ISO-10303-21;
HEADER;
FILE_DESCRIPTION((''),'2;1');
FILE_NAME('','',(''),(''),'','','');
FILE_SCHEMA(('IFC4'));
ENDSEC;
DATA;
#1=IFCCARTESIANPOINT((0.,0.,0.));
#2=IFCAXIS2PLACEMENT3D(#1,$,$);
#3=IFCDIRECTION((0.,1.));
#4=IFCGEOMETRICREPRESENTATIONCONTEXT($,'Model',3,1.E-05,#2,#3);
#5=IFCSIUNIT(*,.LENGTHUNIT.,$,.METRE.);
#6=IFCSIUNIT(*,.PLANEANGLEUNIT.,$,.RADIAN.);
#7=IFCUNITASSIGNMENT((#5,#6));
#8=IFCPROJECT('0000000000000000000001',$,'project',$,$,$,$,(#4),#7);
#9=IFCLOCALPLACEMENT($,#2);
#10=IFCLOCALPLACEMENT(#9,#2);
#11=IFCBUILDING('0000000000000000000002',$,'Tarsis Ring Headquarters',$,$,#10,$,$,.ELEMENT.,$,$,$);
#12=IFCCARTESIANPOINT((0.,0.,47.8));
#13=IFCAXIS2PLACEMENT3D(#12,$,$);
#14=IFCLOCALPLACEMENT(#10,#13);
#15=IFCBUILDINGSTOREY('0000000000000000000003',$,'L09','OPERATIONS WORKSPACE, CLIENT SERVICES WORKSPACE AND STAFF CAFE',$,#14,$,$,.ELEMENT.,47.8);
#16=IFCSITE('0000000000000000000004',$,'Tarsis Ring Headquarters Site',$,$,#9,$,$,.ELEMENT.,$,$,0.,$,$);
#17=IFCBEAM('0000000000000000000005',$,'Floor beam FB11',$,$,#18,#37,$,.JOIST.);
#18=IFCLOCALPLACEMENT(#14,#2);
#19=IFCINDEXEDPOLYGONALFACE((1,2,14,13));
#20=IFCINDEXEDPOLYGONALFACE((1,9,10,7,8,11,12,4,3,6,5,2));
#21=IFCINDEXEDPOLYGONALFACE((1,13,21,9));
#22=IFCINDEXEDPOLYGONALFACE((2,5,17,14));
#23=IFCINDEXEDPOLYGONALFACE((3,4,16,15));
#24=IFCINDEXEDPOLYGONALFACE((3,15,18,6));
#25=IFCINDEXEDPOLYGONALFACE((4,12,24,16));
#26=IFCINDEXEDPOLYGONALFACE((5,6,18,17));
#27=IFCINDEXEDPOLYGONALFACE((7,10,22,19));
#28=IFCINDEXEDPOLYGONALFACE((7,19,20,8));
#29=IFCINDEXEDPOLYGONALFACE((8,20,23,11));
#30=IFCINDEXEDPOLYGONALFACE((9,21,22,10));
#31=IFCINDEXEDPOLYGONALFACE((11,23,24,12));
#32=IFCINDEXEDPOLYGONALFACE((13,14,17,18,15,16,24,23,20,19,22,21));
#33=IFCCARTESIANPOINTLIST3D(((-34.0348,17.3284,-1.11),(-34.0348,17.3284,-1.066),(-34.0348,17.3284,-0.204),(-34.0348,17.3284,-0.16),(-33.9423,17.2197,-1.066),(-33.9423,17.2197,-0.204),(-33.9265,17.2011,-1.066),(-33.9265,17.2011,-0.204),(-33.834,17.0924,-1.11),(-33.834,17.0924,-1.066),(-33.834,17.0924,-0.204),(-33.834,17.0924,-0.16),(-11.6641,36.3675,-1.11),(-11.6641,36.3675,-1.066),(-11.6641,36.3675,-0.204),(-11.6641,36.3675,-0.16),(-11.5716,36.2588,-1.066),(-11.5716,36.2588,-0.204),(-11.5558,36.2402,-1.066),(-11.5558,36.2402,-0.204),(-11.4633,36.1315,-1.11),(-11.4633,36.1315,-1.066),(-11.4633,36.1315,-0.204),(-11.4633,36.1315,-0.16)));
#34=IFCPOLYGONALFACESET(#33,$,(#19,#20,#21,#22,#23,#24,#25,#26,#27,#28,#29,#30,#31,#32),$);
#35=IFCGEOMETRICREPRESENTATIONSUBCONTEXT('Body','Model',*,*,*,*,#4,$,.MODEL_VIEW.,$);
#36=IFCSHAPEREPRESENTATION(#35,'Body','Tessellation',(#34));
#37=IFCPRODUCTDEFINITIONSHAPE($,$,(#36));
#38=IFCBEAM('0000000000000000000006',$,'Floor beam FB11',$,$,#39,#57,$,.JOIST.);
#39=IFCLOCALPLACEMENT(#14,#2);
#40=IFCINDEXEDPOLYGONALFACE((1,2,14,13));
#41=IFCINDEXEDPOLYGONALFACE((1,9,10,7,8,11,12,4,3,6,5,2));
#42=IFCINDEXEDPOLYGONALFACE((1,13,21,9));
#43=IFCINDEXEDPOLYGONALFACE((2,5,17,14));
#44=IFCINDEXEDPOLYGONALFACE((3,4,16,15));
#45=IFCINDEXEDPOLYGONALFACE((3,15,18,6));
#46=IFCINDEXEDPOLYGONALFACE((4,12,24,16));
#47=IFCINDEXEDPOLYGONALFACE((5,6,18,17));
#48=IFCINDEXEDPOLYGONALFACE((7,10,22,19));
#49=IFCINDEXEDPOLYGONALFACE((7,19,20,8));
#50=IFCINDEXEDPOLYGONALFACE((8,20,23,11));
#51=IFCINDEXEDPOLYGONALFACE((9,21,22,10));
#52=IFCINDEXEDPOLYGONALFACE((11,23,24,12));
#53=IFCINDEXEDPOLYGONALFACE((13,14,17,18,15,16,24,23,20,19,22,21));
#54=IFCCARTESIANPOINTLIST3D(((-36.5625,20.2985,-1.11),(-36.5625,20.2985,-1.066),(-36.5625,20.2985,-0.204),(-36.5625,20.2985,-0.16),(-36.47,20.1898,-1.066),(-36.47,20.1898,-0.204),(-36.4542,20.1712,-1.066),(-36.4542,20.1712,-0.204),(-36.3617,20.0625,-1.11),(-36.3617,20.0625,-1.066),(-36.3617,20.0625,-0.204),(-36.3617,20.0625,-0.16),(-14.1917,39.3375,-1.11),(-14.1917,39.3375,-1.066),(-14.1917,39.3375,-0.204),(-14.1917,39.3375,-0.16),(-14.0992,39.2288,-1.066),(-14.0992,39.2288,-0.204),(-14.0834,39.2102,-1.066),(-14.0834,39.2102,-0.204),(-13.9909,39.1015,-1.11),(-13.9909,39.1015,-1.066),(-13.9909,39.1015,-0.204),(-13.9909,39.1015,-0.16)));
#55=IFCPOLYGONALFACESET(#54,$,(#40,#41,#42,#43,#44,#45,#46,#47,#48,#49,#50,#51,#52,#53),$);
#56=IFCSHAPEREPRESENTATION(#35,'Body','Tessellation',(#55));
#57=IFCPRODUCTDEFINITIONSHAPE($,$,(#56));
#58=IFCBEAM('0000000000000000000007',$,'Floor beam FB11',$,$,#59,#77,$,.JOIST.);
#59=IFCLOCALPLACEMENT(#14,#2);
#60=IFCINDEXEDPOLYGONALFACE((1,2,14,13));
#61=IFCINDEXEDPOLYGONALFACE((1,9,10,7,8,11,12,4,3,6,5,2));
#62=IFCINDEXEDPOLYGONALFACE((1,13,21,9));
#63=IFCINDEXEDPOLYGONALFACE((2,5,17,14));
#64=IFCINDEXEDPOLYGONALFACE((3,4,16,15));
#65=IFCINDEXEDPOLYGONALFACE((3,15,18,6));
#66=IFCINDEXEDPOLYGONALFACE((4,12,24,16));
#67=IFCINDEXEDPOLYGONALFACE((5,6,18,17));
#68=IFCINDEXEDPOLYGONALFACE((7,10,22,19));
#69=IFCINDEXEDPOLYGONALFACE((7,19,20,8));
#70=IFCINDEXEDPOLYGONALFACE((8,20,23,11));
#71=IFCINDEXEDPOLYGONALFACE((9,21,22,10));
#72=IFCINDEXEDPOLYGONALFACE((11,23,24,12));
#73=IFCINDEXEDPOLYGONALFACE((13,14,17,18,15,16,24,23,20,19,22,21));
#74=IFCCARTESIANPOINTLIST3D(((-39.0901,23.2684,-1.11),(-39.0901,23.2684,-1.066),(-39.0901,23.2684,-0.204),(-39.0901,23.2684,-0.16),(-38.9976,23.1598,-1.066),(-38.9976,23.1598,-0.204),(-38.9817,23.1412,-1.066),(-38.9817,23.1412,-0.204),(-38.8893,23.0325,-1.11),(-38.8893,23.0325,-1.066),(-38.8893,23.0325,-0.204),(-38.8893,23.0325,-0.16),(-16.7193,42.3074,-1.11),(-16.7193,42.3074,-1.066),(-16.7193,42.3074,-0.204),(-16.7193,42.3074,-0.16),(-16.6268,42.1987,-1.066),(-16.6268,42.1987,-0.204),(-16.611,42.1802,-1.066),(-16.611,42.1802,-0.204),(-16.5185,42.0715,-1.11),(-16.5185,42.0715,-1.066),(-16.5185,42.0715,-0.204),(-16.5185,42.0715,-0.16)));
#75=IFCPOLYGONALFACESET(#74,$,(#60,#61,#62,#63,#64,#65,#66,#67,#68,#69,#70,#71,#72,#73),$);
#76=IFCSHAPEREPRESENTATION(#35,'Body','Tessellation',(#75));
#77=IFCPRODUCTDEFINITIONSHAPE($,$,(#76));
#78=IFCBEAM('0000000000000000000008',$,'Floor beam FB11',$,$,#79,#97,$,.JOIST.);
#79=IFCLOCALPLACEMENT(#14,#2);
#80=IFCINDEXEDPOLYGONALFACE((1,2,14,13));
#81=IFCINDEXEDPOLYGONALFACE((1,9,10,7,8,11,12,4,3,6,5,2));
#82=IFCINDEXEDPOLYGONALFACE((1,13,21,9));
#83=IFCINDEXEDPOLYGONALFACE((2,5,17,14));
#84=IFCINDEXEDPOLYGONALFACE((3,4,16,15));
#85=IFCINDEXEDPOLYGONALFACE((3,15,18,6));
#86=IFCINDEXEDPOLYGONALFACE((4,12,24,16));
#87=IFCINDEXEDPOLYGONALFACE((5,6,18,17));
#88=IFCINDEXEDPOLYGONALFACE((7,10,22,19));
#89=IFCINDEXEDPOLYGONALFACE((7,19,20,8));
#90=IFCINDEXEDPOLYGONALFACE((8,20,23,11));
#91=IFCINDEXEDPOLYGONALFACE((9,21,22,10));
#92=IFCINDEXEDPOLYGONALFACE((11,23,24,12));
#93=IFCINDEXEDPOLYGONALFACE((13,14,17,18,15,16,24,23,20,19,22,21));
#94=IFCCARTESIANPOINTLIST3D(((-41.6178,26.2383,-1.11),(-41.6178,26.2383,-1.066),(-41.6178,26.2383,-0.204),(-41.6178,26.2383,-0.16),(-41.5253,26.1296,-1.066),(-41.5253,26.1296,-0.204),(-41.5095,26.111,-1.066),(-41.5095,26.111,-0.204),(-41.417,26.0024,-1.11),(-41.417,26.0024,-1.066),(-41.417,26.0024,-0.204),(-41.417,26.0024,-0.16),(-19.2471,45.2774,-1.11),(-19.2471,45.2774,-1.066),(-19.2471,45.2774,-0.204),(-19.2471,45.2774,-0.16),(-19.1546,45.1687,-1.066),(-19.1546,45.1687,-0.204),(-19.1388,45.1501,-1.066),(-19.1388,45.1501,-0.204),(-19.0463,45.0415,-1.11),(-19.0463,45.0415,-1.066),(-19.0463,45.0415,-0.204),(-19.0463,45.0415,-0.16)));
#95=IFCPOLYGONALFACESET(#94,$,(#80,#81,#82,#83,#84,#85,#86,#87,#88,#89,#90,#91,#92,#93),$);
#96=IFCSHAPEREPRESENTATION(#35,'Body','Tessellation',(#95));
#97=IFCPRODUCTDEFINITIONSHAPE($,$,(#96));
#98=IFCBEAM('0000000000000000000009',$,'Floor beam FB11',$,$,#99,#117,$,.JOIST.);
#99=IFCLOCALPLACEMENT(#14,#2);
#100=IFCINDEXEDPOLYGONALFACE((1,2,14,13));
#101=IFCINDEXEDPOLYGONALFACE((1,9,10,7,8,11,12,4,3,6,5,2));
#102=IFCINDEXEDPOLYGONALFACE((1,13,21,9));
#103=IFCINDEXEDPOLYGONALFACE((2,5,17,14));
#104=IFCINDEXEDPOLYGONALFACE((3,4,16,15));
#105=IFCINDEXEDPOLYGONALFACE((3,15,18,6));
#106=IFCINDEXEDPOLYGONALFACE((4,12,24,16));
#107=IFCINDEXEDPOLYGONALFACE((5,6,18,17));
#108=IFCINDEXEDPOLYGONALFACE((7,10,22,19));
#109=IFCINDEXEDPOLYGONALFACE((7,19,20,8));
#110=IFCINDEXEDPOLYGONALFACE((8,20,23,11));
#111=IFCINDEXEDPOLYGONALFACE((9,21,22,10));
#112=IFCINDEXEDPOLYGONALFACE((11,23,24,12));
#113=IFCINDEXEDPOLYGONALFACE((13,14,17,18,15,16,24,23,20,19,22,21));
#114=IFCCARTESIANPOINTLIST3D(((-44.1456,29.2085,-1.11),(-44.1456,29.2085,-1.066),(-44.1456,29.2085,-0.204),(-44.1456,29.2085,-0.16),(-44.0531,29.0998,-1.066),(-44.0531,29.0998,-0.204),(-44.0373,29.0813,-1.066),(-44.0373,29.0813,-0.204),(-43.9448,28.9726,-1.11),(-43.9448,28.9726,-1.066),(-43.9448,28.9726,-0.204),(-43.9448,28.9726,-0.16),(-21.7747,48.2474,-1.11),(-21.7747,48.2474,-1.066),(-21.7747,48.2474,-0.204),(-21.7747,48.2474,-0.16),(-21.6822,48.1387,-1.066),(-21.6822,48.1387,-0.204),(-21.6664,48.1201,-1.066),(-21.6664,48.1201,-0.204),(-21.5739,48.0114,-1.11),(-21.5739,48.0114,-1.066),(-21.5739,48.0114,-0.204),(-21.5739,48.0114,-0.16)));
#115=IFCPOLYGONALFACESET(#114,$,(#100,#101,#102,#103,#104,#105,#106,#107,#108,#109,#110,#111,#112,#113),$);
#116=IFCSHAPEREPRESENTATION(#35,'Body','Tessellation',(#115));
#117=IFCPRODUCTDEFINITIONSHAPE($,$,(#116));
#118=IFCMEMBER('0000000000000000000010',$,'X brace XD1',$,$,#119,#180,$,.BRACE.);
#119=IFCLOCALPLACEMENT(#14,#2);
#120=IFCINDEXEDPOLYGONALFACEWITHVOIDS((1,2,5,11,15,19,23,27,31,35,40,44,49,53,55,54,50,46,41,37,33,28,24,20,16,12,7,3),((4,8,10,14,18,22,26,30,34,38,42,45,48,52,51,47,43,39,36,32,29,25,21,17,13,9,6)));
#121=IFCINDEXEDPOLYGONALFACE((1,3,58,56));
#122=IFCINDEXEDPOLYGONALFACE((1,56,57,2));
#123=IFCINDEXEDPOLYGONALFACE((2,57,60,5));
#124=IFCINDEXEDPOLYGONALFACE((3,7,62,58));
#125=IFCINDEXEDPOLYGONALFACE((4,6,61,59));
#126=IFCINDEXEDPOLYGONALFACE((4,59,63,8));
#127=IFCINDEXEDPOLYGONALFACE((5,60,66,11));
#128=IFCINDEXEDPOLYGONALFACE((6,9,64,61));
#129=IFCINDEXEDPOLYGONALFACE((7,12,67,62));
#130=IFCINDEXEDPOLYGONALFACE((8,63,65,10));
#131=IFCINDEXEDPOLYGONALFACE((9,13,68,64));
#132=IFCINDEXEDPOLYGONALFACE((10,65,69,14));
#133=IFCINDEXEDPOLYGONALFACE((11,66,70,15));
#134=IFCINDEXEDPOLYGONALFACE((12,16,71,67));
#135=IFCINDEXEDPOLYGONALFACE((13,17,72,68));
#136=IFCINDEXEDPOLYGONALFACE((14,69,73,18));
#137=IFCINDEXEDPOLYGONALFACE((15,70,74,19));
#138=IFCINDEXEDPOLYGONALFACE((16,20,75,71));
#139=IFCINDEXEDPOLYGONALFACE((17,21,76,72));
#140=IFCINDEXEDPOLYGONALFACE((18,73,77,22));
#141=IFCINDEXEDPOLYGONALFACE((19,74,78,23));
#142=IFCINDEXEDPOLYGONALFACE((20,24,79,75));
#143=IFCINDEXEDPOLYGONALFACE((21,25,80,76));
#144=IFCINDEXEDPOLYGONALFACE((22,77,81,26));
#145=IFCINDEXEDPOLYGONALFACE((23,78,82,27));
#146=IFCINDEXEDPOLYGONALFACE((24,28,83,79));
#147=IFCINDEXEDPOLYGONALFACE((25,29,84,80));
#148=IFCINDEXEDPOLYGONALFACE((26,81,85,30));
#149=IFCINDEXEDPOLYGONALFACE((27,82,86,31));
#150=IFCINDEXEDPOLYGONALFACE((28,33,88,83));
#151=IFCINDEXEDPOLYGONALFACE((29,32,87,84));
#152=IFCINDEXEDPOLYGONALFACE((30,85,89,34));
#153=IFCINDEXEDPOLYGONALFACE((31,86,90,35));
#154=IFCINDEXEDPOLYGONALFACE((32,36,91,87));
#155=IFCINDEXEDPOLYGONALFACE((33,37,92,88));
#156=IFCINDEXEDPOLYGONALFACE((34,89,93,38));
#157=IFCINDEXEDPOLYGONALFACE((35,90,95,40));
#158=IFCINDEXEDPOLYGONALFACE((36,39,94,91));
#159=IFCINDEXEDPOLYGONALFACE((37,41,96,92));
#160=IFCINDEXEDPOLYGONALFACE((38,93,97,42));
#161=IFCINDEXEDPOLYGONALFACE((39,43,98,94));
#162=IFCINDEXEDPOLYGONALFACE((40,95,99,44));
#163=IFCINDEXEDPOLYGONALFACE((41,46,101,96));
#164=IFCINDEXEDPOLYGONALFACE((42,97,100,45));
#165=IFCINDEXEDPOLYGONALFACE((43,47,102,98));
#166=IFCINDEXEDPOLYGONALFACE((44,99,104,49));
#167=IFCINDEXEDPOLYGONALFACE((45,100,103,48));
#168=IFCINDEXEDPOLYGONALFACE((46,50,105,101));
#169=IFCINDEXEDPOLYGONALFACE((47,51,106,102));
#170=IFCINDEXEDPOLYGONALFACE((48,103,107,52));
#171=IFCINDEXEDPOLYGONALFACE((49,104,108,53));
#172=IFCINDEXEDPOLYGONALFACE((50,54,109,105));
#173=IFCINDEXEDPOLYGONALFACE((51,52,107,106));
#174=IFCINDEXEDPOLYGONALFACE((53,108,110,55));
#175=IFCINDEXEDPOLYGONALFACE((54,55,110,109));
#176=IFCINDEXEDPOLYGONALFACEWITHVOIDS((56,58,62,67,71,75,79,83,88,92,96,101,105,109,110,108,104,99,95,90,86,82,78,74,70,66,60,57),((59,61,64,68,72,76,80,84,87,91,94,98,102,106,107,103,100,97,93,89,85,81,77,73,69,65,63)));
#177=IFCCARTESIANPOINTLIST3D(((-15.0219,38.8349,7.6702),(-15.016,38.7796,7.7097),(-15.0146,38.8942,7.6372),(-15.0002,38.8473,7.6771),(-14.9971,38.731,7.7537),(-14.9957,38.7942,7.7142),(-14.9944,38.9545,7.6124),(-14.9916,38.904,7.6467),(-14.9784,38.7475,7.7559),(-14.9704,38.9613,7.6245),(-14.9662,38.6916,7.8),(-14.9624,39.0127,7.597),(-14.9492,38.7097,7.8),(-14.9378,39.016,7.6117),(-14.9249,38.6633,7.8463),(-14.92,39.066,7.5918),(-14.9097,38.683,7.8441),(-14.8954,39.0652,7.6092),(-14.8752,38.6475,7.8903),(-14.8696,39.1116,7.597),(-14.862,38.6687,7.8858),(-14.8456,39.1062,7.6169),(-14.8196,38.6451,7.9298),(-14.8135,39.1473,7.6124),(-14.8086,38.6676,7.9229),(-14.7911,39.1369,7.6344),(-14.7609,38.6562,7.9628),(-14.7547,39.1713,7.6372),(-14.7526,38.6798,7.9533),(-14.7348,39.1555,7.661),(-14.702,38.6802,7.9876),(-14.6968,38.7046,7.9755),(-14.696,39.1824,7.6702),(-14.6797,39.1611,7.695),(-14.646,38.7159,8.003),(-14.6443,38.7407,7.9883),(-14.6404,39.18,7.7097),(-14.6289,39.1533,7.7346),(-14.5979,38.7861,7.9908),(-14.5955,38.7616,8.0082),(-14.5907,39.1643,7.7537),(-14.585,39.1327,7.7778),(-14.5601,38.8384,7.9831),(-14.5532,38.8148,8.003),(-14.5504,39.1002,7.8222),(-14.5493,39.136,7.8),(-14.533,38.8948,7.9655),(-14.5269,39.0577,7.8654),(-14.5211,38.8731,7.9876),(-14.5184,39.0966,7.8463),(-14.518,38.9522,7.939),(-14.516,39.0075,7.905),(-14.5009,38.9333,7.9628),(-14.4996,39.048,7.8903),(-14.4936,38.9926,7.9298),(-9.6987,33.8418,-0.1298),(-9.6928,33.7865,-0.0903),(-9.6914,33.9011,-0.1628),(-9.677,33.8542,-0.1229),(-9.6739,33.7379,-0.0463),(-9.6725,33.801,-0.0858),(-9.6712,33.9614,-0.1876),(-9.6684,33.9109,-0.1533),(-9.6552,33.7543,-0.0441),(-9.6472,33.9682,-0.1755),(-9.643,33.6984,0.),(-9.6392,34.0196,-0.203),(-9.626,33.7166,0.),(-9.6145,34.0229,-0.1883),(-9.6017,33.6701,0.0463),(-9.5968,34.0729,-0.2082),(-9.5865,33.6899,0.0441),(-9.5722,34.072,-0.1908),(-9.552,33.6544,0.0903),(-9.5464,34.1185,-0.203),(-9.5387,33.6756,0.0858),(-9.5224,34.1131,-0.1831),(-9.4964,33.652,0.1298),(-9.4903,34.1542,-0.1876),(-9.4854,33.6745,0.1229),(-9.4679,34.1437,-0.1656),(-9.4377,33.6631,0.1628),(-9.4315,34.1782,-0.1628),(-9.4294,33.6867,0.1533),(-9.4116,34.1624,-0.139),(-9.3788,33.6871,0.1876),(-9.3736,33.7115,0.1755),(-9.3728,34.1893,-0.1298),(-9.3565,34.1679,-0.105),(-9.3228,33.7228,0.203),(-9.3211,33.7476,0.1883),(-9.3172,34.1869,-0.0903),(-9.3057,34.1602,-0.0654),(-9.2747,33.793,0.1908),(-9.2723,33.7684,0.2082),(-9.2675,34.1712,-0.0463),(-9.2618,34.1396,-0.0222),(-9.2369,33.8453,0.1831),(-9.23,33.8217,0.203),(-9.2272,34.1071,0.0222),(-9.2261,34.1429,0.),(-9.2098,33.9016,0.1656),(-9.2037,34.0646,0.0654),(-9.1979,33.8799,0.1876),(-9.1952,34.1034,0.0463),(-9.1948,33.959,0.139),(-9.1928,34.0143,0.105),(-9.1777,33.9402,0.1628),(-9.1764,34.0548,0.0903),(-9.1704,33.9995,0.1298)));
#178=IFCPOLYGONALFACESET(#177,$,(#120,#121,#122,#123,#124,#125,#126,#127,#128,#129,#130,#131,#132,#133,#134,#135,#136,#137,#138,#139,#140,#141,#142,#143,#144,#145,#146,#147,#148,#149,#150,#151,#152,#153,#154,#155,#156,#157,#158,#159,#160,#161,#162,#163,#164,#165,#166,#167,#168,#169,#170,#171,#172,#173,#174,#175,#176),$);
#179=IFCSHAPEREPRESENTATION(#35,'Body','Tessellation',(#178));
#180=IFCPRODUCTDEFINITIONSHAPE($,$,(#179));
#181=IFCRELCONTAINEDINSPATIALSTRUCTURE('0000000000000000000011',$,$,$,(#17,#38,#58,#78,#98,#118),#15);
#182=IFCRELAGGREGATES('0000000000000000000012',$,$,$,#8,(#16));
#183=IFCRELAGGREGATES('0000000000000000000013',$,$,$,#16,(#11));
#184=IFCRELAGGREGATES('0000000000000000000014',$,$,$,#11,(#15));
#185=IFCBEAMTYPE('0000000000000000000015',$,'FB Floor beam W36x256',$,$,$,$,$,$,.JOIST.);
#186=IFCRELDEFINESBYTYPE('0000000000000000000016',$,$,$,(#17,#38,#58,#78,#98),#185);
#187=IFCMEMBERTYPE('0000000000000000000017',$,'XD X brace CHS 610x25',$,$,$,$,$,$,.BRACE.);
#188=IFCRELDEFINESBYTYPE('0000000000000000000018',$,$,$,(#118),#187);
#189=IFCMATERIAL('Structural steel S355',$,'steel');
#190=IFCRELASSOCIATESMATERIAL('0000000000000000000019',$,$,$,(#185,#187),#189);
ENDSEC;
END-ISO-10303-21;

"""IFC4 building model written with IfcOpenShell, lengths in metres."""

from ifc_helpers import new_model, si_unit, direction, frame, origin, origin_2d, place, context, subcontext, project, spatial, hollow_circle, i_section, extrude, material, material_profile, profile_set, type_object, element, save


model = new_model("IFC4")

# Units and contexts
model_context = context("Model", 3, precision=1e-05, world=origin(), true_north=direction((0.0, 1.0)))
body_context = subcontext(model_context, "Body", "Model", "MODEL_VIEW")
ifc_project = project(units=[si_unit("LENGTHUNIT", "METRE"), si_unit("PLANEANGLEUNIT", "RADIAN")], contexts=[model_context])

# Site, building, storey
site_placement = place(None, origin())
site = spatial("IfcSite", under=ifc_project, at=site_placement, Name="Tarsis Ring Headquarters Site", CompositionType="ELEMENT", RefElevation=0.0)
building_placement = place(site_placement, origin())
building = spatial("IfcBuilding", under=site, at=building_placement, Name="Tarsis Ring Headquarters", CompositionType="ELEMENT")
storey_placement = place(building_placement, frame((0.0, 0.0, 47.8)))
storey = spatial("IfcBuildingStorey", under=building, at=storey_placement, Name="L09", Description="OPERATIONS WORKSPACE, CLIENT SERVICES WORKSPACE AND STAFF CAFE", CompositionType="ELEMENT", Elevation=47.8)

# Beams
ifc_material_1 = material(Name="Structural steel S355", Category="steel")
ifc_material_profile_1 = material_profile(ifc_material_1, i_section(OverallWidth=0.3098, OverallDepth=0.95, WebThickness=0.0244, FlangeThickness=0.0439, at=origin_2d()), Name="W36x256")
ifc_profile_set_1 = profile_set([ifc_material_profile_1], Name="Structural steel S355")
beam_type_1 = type_object("IfcBeamType", Name="FB Floor beam W36x256", PredefinedType="JOIST", material=ifc_profile_set_1)
for number, where, z_axis, x_axis, name in (
    (1, (-11.5637, 36.2495, -0.635), (-0.761535, -0.648124, 0.0), (0.648124, -0.761535, 0.0), "Floor beam FB11"),
    (2, (-14.0913, 39.2195, -0.635), (-0.761539, -0.648119, 0.0), (0.648119, -0.761539, 0.0), "Floor beam FB11"),
    (3, (-16.6189, 42.1895, -0.635), (-0.761539, -0.648119, 0.0), (0.648119, -0.761539, 0.0), "Floor beam FB11"),
    (4, (-19.1467, 45.1594, -0.635), (-0.761535, -0.648124, 0.0), (0.648124, -0.761535, 0.0), "Floor beam FB11"),
    (5, (-21.6743, 48.1294, -0.635), (-0.761543, -0.648115, 0.0), (0.648115, -0.761543, 0.0), "Floor beam FB11"),
):
    element("IfcBeam", number, at=place(storey_placement, frame(where, z_axis=z_axis, x_axis=x_axis)), inside=storey, type_object=beam_type_1, Name=name, PredefinedType="JOIST", context=body_context, shape_type="SweptSolid", body=[
        extrude(i_section(OverallWidth=0.3098, OverallDepth=0.95, WebThickness=0.0244, FlangeThickness=0.0439, at=origin_2d()), origin(), (0.0, 0.0, 1.0), 29.3757),
    ])

# Member
ifc_material_profile_2 = material_profile(ifc_material_1, hollow_circle(Radius=0.3047, WallThickness=0.0249, at=origin_2d()), Name="CHS 610x25")
ifc_profile_set_2 = profile_set([ifc_material_profile_2], Name="Structural steel S355")
member_type = type_object("IfcMemberType", Name="XD X brace CHS 610x25", PredefinedType="BRACE", material=ifc_profile_set_2)
member_1_placement = place(storey_placement, frame((-9.4346, 33.9207, 0.0), z_axis=(-0.498328, 0.467429, 0.730191), x_axis=(-0.684132, -0.729358, 0.0)))
element("IfcMember", 6, at=member_1_placement, inside=storey, type_object=member_type, Name="X brace XD1", PredefinedType="BRACE", context=body_context, shape_type="SweptSolid", body=[
    extrude(hollow_circle(Radius=0.3047, WallThickness=0.0249, at=origin_2d()), origin(), (0.0, 0.0, 1.0), 10.6821),
])

save(model, "model.ifc")
